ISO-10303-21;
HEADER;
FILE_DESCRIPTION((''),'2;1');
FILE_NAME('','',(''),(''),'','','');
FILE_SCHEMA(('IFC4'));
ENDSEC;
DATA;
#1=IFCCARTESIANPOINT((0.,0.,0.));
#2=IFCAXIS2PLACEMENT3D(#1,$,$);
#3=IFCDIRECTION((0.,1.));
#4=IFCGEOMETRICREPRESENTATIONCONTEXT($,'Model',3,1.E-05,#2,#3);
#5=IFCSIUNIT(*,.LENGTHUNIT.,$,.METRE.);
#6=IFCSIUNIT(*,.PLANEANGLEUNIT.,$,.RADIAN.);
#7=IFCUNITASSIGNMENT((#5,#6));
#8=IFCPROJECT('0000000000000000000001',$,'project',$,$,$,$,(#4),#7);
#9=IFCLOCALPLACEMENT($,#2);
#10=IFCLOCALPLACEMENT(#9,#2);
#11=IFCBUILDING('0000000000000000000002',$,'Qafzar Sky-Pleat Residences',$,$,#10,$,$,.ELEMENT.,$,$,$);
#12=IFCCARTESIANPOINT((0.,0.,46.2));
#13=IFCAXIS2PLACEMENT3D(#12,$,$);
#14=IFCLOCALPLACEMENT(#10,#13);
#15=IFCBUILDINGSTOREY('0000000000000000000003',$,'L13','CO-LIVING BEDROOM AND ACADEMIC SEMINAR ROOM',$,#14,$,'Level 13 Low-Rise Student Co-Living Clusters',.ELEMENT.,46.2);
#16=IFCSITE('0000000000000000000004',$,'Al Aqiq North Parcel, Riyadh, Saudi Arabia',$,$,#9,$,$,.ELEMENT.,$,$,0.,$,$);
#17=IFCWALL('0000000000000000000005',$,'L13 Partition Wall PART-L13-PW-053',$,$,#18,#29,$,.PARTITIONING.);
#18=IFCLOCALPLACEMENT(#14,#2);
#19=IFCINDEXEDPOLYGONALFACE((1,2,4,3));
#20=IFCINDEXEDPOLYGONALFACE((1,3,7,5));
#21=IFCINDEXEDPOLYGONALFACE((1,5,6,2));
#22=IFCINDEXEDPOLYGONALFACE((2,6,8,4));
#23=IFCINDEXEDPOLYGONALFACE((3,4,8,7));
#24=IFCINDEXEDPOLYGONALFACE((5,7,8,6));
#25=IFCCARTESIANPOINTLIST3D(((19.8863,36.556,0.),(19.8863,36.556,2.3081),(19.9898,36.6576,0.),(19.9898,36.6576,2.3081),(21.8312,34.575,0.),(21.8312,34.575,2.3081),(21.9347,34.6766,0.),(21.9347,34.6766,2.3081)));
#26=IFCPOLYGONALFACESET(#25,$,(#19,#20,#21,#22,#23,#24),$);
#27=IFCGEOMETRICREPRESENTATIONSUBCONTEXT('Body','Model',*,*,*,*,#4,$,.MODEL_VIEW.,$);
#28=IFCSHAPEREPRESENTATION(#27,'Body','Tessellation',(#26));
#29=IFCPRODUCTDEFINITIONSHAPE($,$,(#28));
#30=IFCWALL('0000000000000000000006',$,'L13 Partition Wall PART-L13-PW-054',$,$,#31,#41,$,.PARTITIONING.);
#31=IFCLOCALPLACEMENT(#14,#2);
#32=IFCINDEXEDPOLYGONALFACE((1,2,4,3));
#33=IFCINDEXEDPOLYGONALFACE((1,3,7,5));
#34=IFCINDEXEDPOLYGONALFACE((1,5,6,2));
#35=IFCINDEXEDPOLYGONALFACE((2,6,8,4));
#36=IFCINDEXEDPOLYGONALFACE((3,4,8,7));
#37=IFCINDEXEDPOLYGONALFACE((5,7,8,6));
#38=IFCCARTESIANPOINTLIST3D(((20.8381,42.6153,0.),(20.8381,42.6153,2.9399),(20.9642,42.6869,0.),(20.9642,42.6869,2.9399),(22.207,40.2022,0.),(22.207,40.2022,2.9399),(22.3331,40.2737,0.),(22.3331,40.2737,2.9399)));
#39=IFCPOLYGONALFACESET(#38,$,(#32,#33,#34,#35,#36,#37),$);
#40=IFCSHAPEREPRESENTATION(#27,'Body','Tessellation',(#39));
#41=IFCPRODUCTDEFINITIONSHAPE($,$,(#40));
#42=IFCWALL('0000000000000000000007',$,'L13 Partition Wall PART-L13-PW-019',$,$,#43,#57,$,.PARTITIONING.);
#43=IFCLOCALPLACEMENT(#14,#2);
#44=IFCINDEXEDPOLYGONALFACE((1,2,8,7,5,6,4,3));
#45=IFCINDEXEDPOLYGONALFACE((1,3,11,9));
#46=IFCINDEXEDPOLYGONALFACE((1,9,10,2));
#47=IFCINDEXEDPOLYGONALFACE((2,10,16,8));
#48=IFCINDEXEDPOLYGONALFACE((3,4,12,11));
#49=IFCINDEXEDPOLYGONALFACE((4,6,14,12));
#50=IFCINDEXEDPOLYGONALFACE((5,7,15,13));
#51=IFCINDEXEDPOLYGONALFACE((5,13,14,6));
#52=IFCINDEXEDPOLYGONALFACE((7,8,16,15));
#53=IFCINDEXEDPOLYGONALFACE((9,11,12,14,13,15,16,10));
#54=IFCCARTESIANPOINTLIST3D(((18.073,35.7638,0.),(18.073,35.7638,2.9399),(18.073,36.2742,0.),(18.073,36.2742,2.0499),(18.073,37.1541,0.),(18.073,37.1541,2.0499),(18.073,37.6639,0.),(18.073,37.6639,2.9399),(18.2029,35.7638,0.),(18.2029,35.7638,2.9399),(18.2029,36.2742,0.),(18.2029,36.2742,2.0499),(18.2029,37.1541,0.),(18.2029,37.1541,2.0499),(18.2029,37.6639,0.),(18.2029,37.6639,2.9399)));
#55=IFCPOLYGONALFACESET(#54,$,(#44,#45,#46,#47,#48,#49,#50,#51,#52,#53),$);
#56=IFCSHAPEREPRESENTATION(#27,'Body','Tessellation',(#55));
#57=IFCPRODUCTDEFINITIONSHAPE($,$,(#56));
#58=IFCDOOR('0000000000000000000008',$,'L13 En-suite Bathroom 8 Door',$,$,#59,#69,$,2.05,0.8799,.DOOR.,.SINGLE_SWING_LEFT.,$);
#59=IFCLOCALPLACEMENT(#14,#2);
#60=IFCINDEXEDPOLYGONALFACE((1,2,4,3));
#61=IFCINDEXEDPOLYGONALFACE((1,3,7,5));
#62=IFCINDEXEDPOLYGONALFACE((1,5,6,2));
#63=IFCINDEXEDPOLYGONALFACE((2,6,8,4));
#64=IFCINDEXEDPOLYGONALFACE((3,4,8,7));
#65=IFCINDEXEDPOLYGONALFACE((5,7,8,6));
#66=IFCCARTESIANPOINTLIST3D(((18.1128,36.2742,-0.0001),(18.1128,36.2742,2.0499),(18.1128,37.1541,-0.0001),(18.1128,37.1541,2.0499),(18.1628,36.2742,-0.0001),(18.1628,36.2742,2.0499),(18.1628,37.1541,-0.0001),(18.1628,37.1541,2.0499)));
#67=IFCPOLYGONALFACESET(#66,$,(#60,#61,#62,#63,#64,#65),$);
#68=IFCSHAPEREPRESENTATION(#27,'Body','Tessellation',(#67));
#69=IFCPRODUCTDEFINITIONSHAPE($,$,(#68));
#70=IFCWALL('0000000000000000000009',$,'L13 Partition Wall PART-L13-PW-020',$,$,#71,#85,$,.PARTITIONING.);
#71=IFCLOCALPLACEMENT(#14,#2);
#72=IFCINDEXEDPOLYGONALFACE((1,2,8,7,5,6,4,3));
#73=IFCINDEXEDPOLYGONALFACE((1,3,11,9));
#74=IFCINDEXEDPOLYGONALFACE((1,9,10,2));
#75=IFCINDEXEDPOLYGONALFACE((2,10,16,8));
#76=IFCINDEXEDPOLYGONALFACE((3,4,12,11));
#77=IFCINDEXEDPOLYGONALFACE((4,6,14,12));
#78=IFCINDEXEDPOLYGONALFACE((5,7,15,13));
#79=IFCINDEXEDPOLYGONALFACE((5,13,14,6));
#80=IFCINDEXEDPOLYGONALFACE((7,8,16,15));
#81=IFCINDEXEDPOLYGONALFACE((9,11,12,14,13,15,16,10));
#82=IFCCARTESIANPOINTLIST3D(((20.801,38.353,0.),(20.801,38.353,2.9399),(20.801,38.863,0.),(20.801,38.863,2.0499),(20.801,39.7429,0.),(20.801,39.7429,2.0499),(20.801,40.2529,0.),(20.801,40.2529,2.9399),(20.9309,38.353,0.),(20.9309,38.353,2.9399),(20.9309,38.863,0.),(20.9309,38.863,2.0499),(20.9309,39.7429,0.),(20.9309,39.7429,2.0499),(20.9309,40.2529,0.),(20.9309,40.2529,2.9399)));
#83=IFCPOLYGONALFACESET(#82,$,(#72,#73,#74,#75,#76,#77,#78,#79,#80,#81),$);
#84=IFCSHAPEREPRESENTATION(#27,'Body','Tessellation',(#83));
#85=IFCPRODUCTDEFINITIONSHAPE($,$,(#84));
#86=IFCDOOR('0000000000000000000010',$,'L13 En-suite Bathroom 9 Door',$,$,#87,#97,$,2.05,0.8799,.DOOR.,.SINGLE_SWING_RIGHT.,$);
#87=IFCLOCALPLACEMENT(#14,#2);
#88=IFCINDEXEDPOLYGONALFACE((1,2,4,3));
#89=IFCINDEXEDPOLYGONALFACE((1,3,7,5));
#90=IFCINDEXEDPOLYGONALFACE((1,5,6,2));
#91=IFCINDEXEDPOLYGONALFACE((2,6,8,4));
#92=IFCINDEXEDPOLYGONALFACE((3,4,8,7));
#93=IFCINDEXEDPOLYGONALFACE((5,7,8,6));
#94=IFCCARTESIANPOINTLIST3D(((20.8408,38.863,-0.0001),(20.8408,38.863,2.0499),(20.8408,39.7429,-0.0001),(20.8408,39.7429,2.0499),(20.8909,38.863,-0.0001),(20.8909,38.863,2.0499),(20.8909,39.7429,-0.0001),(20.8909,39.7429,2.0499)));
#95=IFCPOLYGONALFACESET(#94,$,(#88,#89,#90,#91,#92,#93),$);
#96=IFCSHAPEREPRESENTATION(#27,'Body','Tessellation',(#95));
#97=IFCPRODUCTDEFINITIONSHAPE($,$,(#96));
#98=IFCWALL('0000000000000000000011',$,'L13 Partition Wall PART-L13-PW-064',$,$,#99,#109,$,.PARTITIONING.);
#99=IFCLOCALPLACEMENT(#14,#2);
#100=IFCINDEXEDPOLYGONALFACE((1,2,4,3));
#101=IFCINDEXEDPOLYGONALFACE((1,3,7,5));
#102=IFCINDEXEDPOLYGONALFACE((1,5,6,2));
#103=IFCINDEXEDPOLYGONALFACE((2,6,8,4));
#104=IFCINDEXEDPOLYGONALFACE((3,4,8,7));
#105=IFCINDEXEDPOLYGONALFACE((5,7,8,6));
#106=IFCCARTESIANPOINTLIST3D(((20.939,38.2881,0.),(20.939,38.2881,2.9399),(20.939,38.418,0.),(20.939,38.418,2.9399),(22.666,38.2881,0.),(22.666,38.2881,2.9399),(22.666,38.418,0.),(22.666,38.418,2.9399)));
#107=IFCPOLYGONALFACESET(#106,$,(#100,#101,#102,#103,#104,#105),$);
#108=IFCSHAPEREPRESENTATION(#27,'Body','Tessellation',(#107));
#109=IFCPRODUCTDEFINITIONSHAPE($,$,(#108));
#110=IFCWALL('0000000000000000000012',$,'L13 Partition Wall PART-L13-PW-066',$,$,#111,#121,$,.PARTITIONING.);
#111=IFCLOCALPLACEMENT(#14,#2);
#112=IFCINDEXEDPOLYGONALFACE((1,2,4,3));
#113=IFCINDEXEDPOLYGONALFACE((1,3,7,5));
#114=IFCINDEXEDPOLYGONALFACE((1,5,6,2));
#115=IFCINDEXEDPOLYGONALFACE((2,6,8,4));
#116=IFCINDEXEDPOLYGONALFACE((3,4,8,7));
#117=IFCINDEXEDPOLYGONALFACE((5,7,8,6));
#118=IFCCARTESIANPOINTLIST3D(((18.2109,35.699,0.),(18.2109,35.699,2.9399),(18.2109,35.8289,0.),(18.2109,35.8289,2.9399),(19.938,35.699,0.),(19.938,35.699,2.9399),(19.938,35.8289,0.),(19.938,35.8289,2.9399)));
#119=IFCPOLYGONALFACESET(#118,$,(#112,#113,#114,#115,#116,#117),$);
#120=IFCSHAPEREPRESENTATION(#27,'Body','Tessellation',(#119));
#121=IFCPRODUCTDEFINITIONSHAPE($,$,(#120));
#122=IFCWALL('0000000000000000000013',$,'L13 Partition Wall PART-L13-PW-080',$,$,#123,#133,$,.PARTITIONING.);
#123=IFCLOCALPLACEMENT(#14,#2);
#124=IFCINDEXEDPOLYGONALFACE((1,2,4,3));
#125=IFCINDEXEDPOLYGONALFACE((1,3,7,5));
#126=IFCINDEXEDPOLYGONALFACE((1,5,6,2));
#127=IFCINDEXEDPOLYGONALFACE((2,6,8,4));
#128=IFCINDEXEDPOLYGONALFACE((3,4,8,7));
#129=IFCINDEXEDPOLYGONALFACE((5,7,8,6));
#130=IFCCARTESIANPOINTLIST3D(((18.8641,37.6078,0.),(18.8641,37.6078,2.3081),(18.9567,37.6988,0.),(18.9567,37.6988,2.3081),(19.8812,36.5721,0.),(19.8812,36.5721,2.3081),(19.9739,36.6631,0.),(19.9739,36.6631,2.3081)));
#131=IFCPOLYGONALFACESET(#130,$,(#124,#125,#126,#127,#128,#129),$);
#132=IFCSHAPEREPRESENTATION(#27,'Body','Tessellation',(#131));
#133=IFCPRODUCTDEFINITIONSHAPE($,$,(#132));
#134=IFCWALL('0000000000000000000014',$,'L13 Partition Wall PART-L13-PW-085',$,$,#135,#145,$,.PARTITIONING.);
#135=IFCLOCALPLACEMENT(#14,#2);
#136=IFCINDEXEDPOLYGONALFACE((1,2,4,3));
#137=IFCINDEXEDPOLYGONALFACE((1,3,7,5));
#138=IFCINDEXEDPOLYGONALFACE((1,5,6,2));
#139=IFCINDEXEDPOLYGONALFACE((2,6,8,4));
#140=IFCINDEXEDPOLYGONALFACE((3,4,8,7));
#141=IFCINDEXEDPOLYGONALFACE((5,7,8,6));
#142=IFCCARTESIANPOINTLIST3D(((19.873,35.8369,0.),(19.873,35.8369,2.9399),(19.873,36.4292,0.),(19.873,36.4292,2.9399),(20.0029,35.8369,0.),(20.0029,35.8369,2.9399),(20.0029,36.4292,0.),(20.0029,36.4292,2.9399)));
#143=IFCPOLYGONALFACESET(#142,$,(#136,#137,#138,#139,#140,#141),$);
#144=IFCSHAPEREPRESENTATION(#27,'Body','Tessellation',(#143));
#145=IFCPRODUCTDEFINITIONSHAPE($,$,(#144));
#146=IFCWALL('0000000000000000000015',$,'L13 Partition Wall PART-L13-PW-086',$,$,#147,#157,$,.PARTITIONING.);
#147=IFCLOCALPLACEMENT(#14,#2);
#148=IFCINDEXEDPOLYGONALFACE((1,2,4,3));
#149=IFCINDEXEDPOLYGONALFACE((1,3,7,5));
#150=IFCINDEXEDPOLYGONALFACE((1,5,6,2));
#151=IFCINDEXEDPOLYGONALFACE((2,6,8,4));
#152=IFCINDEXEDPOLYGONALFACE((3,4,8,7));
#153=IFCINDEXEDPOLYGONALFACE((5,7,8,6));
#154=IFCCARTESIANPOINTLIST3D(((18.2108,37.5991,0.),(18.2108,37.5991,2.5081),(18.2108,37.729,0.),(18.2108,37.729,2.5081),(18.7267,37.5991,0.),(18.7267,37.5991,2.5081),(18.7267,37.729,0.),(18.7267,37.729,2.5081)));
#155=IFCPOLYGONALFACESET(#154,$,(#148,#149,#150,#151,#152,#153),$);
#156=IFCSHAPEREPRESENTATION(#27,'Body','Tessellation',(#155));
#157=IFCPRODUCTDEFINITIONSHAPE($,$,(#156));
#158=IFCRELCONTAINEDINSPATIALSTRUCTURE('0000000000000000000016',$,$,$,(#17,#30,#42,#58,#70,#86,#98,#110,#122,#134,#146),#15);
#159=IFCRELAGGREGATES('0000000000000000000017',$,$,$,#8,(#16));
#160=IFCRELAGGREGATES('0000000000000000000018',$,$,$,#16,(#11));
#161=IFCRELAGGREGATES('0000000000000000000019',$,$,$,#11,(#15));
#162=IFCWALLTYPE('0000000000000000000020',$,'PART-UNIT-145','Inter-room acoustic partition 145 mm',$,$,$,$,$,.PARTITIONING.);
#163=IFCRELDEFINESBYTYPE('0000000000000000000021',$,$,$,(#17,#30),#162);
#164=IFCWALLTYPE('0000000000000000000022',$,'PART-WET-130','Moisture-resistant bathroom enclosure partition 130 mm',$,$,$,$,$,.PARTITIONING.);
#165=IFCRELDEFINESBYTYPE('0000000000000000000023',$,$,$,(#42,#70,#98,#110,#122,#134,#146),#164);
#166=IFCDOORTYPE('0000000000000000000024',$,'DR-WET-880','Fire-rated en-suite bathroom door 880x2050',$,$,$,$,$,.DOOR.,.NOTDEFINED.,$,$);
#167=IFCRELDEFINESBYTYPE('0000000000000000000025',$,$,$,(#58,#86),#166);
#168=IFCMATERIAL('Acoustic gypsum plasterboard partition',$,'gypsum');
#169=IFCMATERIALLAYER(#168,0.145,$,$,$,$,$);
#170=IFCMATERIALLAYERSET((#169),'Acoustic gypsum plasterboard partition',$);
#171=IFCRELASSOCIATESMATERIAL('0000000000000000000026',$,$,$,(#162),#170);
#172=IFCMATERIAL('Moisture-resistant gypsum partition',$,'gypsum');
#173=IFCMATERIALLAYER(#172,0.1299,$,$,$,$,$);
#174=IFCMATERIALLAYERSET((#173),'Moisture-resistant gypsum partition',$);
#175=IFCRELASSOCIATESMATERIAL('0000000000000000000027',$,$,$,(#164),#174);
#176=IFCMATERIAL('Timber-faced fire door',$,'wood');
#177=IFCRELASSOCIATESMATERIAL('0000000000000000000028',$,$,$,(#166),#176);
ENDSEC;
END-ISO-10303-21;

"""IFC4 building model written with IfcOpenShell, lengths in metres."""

from ifc_helpers import new_model, si_unit, direction, frame, frame_2d, origin, place, context, subcontext, project, spatial, rectangle, extrude, source, transform, mapped, material, layer, layer_set, type_object, element, fill, save


model = new_model("IFC4")

# Units and contexts
model_context = context("Model", 3, precision=1e-05, world=origin(), true_north=direction((0.0, 1.0)))
body_context = subcontext(model_context, "Body", "Model", "MODEL_VIEW")
ifc_project = project(units=[si_unit("LENGTHUNIT", "METRE"), si_unit("PLANEANGLEUNIT", "RADIAN")], contexts=[model_context])

# Site, building, storey
site_placement = place(None, origin())
site = spatial("IfcSite", under=ifc_project, at=site_placement, Name="Al Aqiq North Parcel, Riyadh, Saudi Arabia", CompositionType="ELEMENT", RefElevation=0.0)
building_placement = place(site_placement, origin())
building = spatial("IfcBuilding", under=site, at=building_placement, Name="Qafzar Sky-Pleat Residences", CompositionType="ELEMENT")
storey_placement = place(building_placement, frame((0.0, 0.0, 46.2)))
storey = spatial("IfcBuildingStorey", under=building, at=storey_placement, Name="L13", Description="CO-LIVING BEDROOM AND ACADEMIC SEMINAR ROOM", LongName="Level 13 Low-Rise Student Co-Living Clusters", CompositionType="ELEMENT", Elevation=46.2)

# Walls
ifc_material_1 = material(Name="Acoustic gypsum plasterboard partition", Category="gypsum")
ifc_layer_1 = layer(ifc_material_1, 0.145)
ifc_layer_set_1 = layer_set([ifc_layer_1], Name="Acoustic gypsum plasterboard partition")
wall_type_1 = type_object("IfcWallType", Name="PART-UNIT-145", Description="Inter-room acoustic partition 145 mm", PredefinedType="PARTITIONING", material=ifc_layer_set_1)
wall_1_placement = place(storey_placement, frame((19.938, 36.6069, 0.0), z_axis=(0.0, 0.0, 1.0), x_axis=(0.700569, -0.713585, 0.0)))
element("IfcWall", 1, at=wall_1_placement, inside=storey, type_object=wall_type_1, Name="L13 Partition Wall PART-L13-PW-053", PredefinedType="PARTITIONING", context=body_context, shape_type="SweptSolid", body=[
    extrude(rectangle(XDim=2.7761, YDim=0.145, at=frame_2d((1.3882, 0.0))), origin(), (0.0, 0.0, 1.0), 2.3081),
])
wall_2_placement = place(storey_placement, frame((20.9011, 42.6511, 0.0), z_axis=(0.0, 0.0, 1.0), x_axis=(0.493417, -0.869793, 0.0)))
element("IfcWall", 2, at=wall_2_placement, inside=storey, type_object=wall_type_1, Name="L13 Partition Wall PART-L13-PW-054", PredefinedType="PARTITIONING", context=body_context, shape_type="SweptSolid", body=[
    extrude(rectangle(XDim=2.7744, YDim=0.145, at=frame_2d((1.3872, 0.0))), origin(), (0.0, 0.0, 1.0), 2.9399),
])

# Walls, openings, doors
ifc_material_2 = material(Name="Moisture-resistant gypsum partition", Category="gypsum")
ifc_layer_2 = layer(ifc_material_2, 0.1299)
ifc_layer_set_2 = layer_set([ifc_layer_2], Name="Moisture-resistant gypsum partition")
wall_type_2 = type_object("IfcWallType", Name="PART-WET-130", Description="Moisture-resistant bathroom enclosure partition 130 mm", PredefinedType="PARTITIONING", material=ifc_layer_set_2)
wall_3_placement = place(storey_placement, frame((18.1379, 37.6641, 0.0), z_axis=(0.0, 0.0, 1.0), x_axis=(0.0, -1.0, 0.0)))
wall_3 = element("IfcWall", 3, at=wall_3_placement, inside=storey, type_object=wall_type_2, Name="L13 Partition Wall PART-L13-PW-019", PredefinedType="PARTITIONING", context=body_context, shape_type="SweptSolid", body=[
    extrude(rectangle(XDim=1.9001, YDim=0.1299, at=frame_2d((0.9502, 0.0))), origin(), (0.0, 0.0, 1.0), 2.9399),
])
opening_1_placement = place(wall_3_placement, frame((0.51, 0.0, 0.0)))
opening_1 = element("IfcOpeningElement", 4, at=opening_1_placement, cuts=wall_3, PredefinedType="OPENING", context=body_context, shape_type="SweptSolid", body=[
    extrude(rectangle(XDim=0.8799, YDim=2.05, at=frame_2d((0.4399, 1.0249))), frame((0.0, 0.075, 0.0), z_axis=(0.0, -1.0, 0.0), x_axis=(1.0, 0.0, 0.0)), (0.0, 0.0, 1.0), 0.1499),
])
ifc_material_3 = material(Name="Timber-faced fire door", Category="wood")
door_type = type_object("IfcDoorType", Name="DR-WET-880", Description="Fire-rated en-suite bathroom door 880x2050", OperationType="NOTDEFINED", PredefinedType="DOOR", material=ifc_material_3)
shared_shape_1 = source(origin(), body_context, "Body", "SweptSolid", [
    extrude(rectangle(XDim=0.8799, YDim=2.05, at=frame_2d((0.4399, 1.0249))), frame((0.0, 0.0249, 0.0), z_axis=(0.0, -1.0, 0.0), x_axis=(1.0, 0.0, 0.0)), (0.0, 0.0, 1.0), 0.05),
])
door_1_placement = place(opening_1_placement, origin())
door_1 = element("IfcDoor", 5, at=door_1_placement, inside=storey, type_object=door_type, Name="L13 En-suite Bathroom 8 Door", OperationType="SINGLE_SWING_LEFT", OverallHeight=2.05, OverallWidth=0.8799, PredefinedType="DOOR", context=body_context, shape_type="MappedRepresentation", body=[
    mapped(shared_shape_1, transform((0.0, 0.0, 0.0), x_axis=(1.0, 0.0, 0.0), y_axis=(0.0, 1.0, 0.0), z_axis=(0.0, 0.0, 1.0), scale=1.0)),
])
fill(opening_1, door_1)
wall_4_placement = place(storey_placement, frame((20.866, 40.2529, 0.0), z_axis=(0.0, 0.0, 1.0), x_axis=(0.0, -1.0, 0.0)))
wall_4 = element("IfcWall", 6, at=wall_4_placement, inside=storey, type_object=wall_type_2, Name="L13 Partition Wall PART-L13-PW-020", PredefinedType="PARTITIONING", context=body_context, shape_type="SweptSolid", body=[
    extrude(rectangle(XDim=1.8999, YDim=0.1299, at=frame_2d((0.95, 0.0))), origin(), (0.0, 0.0, 1.0), 2.9399),
])
opening_2_placement = place(wall_4_placement, frame((0.51, 0.0, 0.0)))
opening_2 = element("IfcOpeningElement", 7, at=opening_2_placement, cuts=wall_4, PredefinedType="OPENING", context=body_context, shape_type="SweptSolid", body=[
    extrude(rectangle(XDim=0.8799, YDim=2.05, at=frame_2d((0.4399, 1.0249))), frame((0.0, 0.075, 0.0), z_axis=(0.0, -1.0, 0.0), x_axis=(1.0, 0.0, 0.0)), (0.0, 0.0, 1.0), 0.1499),
])
door_2_placement = place(opening_2_placement, origin())
door_2 = element("IfcDoor", 8, at=door_2_placement, inside=storey, type_object=door_type, Name="L13 En-suite Bathroom 9 Door", OperationType="SINGLE_SWING_RIGHT", OverallHeight=2.05, OverallWidth=0.8799, PredefinedType="DOOR", context=body_context, shape_type="MappedRepresentation", body=[
    mapped(shared_shape_1, transform((0.0, 0.0, 0.0), x_axis=(1.0, 0.0, 0.0), y_axis=(0.0, 1.0, 0.0), z_axis=(0.0, 0.0, 1.0), scale=1.0)),
])
fill(opening_2, door_2)

# Walls
for number, where, z_axis, x_axis, name in (
    (9, (20.939, 38.353, 0.0), (0.0, 0.0, 1.0), (1.0, 0.0, 0.0), "L13 Partition Wall PART-L13-PW-064"),
    (10, (18.2109, 35.7639, 0.0), (0.0, 0.0, 1.0), (1.0, 0.0, 0.0), "L13 Partition Wall PART-L13-PW-066"),
):
    element("IfcWall", number, at=place(storey_placement, frame(where, z_axis=z_axis, x_axis=x_axis)), inside=storey, type_object=wall_type_2, Name=name, PredefinedType="PARTITIONING", context=body_context, shape_type="SweptSolid", body=[
        extrude(rectangle(XDim=1.7271, YDim=0.1299, at=frame_2d((0.8635, 0.0))), origin(), (0.0, 0.0, 1.0), 2.9399),
    ])
wall_5_placement = place(storey_placement, frame((18.9104, 37.6533, 0.0), z_axis=(0.0, 0.0, 1.0), x_axis=(0.700687, -0.713469, 0.0)))
element("IfcWall", 11, at=wall_5_placement, inside=storey, type_object=wall_type_2, Name="L13 Partition Wall PART-L13-PW-080", PredefinedType="PARTITIONING", context=body_context, shape_type="SweptSolid", body=[
    extrude(rectangle(XDim=1.4517, YDim=0.1299, at=frame_2d((0.7258, 0.0))), origin(), (0.0, 0.0, 1.0), 2.3081),
])
wall_6_placement = place(storey_placement, frame((19.938, 35.8369, 0.0), z_axis=(0.0, 0.0, 1.0), x_axis=(0.0, 1.0, 0.0)))
element("IfcWall", 12, at=wall_6_placement, inside=storey, type_object=wall_type_2, Name="L13 Partition Wall PART-L13-PW-085", PredefinedType="PARTITIONING", context=body_context, shape_type="SweptSolid", body=[
    extrude(rectangle(XDim=0.5923, YDim=0.1299, at=frame_2d((0.2961, 0.0))), origin(), (0.0, 0.0, 1.0), 2.9399),
])
wall_7_placement = place(storey_placement, frame((18.2109, 37.6641, 0.0), z_axis=(0.0, 0.0, 1.0), x_axis=(1.0, 0.0, 0.0)))
element("IfcWall", 13, at=wall_7_placement, inside=storey, type_object=wall_type_2, Name="L13 Partition Wall PART-L13-PW-086", PredefinedType="PARTITIONING", context=body_context, shape_type="SweptSolid", body=[
    extrude(rectangle(XDim=0.5159, YDim=0.1299, at=frame_2d((0.2578, 0.0))), origin(), (0.0, 0.0, 1.0), 2.5081),
])

save(model, "model.ifc")
